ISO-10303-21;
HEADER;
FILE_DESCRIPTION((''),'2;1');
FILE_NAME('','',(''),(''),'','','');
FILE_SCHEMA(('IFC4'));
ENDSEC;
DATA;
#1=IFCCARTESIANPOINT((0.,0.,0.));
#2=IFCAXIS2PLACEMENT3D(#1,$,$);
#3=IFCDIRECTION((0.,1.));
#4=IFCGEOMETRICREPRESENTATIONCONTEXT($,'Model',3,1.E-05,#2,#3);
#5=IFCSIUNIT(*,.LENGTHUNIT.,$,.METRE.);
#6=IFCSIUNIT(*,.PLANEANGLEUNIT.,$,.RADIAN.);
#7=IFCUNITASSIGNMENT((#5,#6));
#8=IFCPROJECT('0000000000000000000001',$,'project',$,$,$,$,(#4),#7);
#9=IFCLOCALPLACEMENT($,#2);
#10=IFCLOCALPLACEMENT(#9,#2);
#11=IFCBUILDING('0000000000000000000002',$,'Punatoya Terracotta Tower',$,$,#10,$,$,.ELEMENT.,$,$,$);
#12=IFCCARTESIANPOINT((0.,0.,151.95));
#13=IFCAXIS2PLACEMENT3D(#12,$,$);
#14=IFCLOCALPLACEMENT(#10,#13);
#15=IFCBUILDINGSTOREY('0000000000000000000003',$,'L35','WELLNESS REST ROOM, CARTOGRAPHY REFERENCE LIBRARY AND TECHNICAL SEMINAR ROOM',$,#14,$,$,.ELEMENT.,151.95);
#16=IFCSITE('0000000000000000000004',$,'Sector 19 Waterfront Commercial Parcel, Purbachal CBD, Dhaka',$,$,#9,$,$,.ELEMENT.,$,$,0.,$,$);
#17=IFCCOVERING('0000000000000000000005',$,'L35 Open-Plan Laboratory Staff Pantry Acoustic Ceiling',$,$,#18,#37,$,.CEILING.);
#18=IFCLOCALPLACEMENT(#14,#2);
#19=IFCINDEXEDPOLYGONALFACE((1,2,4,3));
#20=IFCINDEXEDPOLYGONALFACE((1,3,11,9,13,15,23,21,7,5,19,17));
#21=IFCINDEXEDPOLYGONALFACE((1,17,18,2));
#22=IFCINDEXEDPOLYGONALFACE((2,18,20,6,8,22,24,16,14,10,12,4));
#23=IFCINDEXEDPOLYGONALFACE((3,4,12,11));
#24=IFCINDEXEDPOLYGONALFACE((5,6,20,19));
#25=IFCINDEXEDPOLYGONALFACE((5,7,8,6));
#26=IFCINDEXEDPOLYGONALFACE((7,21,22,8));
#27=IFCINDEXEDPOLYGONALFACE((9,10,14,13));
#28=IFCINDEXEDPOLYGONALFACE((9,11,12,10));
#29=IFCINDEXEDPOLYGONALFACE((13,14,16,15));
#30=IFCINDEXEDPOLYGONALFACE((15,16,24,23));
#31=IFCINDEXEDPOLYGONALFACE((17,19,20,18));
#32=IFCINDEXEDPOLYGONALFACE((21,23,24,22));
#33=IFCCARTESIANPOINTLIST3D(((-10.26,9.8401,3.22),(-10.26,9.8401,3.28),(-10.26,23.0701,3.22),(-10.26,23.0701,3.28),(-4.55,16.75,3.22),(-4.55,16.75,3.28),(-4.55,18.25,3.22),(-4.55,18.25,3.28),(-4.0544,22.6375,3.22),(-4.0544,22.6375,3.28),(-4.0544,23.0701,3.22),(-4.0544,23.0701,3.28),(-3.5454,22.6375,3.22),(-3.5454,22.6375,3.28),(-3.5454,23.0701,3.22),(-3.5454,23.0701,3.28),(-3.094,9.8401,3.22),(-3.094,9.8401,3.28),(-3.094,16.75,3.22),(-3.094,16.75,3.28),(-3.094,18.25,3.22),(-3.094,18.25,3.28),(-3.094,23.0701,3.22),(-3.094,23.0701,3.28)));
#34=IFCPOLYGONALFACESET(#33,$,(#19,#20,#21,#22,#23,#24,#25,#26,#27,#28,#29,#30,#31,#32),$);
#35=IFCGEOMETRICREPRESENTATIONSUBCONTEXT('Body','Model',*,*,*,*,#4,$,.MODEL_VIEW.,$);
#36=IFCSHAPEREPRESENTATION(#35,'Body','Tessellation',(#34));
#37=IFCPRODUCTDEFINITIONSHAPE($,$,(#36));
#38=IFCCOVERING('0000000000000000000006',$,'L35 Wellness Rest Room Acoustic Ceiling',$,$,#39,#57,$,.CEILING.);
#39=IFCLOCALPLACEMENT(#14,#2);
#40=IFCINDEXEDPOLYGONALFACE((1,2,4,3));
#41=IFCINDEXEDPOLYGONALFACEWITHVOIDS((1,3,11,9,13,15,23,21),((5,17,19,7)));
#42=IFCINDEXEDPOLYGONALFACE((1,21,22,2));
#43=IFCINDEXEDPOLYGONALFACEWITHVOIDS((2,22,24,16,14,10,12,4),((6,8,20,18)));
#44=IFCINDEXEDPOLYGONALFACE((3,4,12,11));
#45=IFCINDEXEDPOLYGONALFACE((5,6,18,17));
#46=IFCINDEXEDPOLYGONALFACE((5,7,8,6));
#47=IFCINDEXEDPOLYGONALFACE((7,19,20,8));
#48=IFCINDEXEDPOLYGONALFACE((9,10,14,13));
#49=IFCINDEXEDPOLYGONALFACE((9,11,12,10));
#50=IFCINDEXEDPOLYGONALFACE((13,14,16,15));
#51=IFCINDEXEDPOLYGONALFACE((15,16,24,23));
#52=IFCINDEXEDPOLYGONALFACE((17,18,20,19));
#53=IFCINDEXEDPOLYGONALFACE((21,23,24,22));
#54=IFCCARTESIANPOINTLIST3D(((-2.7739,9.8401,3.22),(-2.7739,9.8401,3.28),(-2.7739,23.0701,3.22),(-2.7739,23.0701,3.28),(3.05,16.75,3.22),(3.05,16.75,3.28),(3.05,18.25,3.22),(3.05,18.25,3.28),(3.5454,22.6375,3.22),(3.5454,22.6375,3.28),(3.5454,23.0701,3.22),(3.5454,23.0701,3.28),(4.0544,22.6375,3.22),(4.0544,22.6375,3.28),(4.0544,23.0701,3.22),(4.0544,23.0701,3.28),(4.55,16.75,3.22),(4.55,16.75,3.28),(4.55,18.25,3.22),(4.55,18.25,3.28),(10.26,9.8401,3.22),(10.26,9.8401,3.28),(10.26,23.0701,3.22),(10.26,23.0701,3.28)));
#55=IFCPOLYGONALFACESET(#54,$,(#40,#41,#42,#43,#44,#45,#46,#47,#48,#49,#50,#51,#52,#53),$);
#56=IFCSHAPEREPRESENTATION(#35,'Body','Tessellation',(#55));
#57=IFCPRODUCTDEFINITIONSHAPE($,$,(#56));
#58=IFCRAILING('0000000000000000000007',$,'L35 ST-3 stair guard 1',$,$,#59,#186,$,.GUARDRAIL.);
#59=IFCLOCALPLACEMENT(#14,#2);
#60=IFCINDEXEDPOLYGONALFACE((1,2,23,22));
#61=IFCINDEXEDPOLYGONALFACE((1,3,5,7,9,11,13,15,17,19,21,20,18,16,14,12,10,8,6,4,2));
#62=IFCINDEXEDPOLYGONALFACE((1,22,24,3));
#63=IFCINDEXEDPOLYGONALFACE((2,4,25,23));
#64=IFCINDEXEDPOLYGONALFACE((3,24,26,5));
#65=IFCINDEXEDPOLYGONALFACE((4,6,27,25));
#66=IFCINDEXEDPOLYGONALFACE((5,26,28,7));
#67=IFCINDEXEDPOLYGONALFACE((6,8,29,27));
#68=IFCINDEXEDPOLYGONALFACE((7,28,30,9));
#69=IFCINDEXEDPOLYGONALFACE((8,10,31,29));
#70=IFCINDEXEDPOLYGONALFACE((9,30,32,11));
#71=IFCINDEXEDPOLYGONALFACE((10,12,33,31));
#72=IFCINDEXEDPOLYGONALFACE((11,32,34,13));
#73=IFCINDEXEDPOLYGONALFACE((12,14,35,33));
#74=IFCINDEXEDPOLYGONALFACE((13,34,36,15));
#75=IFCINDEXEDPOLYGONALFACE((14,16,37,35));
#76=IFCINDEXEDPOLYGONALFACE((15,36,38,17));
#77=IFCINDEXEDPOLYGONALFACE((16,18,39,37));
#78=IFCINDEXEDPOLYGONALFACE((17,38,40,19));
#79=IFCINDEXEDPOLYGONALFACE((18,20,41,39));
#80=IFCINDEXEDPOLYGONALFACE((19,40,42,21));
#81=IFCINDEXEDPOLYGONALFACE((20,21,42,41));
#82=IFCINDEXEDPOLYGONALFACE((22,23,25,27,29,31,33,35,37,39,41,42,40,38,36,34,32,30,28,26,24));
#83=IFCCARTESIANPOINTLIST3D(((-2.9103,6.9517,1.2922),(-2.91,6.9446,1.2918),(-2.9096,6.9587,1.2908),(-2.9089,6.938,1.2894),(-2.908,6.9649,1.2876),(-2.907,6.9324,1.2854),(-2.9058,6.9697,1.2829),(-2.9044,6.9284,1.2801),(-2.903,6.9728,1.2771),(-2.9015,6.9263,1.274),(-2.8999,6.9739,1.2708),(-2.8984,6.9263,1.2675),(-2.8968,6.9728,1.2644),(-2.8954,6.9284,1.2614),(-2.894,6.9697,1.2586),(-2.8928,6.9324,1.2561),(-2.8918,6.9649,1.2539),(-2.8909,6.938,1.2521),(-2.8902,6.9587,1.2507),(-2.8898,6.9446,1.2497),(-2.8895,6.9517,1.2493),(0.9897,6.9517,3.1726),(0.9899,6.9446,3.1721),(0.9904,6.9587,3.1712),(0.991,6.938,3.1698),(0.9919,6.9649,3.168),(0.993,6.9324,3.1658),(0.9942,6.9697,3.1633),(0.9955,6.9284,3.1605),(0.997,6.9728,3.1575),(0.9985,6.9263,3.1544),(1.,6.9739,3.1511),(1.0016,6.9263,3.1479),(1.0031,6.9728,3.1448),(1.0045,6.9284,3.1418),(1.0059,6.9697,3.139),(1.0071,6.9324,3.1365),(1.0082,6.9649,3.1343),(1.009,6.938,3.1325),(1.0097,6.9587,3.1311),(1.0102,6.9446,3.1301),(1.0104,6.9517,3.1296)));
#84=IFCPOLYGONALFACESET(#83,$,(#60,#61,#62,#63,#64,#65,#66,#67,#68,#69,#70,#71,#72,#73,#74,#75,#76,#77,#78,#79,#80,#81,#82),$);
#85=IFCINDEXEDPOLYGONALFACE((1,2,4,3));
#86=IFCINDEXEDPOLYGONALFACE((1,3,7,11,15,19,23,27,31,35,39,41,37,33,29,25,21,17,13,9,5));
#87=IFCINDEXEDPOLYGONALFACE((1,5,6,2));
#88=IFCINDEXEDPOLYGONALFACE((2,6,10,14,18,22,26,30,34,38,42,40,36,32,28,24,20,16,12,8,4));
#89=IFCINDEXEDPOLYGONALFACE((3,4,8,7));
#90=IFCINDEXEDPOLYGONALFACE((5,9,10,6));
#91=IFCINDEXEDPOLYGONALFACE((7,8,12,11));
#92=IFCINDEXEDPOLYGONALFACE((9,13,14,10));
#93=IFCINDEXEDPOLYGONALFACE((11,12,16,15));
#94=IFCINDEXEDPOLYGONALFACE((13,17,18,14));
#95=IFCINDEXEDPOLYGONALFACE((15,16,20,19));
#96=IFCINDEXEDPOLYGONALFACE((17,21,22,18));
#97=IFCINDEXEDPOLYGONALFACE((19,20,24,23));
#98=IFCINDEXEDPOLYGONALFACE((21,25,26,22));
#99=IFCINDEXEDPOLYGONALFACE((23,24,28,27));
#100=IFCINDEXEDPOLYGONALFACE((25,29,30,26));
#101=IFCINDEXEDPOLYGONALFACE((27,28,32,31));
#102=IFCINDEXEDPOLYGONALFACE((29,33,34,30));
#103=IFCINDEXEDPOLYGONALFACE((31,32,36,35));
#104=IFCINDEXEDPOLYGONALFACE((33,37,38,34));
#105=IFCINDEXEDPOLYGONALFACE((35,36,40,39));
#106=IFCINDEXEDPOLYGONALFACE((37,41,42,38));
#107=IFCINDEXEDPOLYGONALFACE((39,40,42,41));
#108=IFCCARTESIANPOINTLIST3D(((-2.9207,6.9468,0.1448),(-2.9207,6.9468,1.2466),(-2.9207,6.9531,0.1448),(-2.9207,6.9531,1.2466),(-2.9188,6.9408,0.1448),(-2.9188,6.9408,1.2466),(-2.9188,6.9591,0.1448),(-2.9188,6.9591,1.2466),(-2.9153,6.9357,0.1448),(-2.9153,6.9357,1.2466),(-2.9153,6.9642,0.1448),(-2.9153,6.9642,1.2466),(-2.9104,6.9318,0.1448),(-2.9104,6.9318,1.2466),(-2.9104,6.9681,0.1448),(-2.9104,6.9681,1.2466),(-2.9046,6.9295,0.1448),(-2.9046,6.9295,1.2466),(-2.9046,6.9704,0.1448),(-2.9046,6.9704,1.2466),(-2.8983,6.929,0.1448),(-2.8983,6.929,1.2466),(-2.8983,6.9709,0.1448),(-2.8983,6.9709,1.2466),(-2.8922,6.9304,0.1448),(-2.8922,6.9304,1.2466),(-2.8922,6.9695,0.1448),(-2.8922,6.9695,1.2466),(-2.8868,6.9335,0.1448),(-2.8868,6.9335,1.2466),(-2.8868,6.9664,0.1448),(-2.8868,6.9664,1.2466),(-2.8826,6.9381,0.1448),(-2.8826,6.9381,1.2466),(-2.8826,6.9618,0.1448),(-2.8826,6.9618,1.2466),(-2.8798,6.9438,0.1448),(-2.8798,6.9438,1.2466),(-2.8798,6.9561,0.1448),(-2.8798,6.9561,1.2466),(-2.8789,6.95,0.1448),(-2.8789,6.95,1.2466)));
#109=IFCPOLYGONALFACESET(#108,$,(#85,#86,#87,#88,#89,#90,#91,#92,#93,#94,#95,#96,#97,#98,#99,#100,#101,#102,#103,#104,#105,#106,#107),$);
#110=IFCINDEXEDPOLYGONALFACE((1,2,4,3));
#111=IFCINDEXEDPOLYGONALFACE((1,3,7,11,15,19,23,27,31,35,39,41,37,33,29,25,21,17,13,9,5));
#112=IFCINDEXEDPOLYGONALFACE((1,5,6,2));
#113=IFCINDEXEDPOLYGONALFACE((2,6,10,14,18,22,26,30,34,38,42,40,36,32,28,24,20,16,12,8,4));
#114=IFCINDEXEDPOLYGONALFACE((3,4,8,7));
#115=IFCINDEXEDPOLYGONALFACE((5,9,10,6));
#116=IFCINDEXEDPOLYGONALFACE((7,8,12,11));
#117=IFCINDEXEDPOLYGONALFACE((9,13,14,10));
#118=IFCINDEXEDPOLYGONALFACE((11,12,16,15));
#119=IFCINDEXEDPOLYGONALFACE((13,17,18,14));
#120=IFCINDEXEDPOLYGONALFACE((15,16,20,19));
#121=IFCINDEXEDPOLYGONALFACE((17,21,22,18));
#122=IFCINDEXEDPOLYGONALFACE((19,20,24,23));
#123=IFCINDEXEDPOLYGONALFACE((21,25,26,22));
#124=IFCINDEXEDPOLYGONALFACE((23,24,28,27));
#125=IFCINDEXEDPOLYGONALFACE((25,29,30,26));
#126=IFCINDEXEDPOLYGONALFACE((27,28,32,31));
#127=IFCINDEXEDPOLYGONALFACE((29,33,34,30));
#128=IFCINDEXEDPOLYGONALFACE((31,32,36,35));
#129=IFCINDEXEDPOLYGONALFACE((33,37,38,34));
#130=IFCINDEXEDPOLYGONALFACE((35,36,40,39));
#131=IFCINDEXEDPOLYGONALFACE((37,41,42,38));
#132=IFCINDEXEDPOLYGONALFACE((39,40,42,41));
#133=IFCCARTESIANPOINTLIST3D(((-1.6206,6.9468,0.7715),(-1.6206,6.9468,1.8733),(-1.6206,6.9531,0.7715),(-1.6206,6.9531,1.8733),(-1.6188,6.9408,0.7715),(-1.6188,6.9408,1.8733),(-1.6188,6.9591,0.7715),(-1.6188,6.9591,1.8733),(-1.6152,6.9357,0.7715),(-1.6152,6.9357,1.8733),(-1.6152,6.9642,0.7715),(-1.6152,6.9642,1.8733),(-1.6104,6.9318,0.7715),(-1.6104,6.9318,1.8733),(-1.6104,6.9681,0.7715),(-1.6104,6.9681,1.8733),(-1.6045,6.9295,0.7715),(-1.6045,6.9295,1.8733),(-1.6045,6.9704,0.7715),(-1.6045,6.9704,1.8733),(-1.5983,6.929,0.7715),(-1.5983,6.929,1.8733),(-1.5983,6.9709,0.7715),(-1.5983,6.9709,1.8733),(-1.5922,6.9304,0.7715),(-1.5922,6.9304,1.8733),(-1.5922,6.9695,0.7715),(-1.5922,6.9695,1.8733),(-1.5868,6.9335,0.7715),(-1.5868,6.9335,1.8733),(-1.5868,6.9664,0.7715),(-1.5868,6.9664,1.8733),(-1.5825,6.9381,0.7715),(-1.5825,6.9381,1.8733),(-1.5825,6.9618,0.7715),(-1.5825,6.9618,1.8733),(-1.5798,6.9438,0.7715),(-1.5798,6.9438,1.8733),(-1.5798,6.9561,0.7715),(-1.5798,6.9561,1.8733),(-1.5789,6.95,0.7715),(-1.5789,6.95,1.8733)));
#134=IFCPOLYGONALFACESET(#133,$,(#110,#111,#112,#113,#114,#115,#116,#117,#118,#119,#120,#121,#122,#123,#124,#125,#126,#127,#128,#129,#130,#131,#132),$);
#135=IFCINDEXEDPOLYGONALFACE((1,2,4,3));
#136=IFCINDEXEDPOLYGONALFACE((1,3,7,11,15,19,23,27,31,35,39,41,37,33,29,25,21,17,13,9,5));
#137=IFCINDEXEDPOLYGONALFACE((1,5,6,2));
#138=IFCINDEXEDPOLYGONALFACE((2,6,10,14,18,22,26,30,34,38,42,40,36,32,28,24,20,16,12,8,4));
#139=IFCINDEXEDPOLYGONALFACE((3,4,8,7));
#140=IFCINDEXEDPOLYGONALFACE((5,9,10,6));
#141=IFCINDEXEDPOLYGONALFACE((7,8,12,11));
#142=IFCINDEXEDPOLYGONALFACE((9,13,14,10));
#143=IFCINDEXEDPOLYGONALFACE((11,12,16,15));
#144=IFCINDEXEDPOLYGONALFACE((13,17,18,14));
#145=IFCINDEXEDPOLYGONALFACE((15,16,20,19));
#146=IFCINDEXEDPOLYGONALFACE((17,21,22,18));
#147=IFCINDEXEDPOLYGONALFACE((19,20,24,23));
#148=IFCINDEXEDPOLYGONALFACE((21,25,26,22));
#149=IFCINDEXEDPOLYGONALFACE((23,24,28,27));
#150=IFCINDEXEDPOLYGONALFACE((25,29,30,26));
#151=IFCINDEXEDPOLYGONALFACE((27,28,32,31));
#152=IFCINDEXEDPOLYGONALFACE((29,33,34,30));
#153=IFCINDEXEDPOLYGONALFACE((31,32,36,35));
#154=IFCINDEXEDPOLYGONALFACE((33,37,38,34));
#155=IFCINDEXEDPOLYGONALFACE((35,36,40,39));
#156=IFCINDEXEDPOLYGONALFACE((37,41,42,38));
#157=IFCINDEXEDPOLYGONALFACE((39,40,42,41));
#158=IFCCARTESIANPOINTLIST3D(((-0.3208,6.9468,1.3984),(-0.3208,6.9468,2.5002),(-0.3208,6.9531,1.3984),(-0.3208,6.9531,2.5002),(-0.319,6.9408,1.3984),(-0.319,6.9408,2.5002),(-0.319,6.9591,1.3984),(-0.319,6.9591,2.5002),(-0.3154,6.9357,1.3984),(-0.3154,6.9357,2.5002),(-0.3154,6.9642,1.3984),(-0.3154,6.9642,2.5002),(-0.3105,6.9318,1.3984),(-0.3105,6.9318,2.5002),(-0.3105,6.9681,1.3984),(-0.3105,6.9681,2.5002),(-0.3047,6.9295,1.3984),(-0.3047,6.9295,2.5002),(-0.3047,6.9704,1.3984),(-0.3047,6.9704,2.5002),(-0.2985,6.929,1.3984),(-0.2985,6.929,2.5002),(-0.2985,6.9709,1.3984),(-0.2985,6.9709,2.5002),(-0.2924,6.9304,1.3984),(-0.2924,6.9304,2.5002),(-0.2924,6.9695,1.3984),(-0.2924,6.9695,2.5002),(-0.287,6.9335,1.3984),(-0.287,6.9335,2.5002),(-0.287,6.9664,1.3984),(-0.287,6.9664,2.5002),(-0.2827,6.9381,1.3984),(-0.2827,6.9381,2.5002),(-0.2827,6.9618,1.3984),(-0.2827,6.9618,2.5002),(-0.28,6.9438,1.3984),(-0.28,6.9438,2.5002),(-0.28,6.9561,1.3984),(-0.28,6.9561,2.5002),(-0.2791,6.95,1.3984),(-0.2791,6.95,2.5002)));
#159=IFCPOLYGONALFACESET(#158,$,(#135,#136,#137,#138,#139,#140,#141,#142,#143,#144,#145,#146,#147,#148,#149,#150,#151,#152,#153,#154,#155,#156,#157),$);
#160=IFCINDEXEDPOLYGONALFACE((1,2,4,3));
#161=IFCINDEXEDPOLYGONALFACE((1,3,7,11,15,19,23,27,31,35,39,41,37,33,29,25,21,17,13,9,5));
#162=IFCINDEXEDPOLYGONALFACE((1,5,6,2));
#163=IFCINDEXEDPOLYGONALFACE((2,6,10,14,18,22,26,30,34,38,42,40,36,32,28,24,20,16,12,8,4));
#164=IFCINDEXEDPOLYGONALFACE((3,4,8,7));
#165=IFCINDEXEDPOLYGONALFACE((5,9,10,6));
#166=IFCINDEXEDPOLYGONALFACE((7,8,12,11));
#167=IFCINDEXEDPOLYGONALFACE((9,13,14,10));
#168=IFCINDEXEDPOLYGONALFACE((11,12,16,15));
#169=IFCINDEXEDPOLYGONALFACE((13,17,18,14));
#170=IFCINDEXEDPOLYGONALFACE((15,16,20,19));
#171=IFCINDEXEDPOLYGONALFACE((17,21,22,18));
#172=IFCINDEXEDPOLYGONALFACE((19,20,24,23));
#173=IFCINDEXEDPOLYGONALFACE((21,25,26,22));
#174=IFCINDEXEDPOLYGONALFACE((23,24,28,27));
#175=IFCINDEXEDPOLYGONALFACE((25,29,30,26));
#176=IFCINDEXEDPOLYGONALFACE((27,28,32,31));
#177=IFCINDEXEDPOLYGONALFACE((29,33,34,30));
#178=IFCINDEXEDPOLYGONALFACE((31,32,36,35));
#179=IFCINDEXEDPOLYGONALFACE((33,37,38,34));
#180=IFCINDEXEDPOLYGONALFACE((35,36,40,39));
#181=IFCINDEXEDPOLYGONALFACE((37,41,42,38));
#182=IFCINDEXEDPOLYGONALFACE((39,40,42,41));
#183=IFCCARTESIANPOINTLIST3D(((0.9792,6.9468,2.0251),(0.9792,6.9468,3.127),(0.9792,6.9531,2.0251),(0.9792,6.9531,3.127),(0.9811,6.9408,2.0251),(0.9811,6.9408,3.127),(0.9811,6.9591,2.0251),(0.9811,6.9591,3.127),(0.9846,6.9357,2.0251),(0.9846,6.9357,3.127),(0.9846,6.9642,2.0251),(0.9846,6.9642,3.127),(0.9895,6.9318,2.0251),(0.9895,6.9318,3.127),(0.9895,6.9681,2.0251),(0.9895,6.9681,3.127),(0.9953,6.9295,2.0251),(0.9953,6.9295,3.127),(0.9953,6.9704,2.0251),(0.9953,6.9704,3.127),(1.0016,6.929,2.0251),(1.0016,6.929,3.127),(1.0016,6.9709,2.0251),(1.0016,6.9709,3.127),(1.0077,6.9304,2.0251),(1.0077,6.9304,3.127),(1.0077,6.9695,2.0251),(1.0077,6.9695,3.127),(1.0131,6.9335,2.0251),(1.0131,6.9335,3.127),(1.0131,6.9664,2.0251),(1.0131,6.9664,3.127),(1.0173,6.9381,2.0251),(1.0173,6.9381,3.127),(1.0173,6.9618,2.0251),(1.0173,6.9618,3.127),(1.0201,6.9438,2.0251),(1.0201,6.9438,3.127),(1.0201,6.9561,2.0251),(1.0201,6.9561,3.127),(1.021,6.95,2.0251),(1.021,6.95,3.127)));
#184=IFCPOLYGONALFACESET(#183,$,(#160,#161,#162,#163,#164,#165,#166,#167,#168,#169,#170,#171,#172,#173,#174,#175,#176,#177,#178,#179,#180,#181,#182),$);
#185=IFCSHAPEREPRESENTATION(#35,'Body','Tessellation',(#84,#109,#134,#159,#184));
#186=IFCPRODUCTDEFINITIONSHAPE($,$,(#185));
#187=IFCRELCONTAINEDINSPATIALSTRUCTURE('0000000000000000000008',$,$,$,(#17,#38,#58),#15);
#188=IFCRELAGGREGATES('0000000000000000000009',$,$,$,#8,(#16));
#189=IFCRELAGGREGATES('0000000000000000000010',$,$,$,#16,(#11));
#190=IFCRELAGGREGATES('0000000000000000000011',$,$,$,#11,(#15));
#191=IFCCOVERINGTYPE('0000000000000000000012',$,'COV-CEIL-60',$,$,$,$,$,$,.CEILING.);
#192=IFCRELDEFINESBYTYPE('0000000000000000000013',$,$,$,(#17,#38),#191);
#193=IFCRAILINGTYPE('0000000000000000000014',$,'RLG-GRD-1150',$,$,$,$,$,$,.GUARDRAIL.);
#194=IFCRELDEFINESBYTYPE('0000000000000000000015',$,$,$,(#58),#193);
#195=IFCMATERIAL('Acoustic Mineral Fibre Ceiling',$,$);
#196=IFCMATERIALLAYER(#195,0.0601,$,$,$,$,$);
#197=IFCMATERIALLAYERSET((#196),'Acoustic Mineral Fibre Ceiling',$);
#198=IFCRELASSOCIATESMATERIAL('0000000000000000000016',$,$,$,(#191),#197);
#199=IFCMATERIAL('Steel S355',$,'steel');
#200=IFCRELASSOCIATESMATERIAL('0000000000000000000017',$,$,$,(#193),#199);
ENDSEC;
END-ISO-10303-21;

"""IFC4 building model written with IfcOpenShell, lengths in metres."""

from ifc_helpers import new_model, si_unit, direction, frame, origin, origin_2d, place, context, subcontext, project, spatial, polyline, circle, outline, extrude, material, layer, layer_set, type_object, element, save


model = new_model("IFC4")

# Units and contexts
model_context = context("Model", 3, precision=1e-05, world=origin(), true_north=direction((0.0, 1.0)))
body_context = subcontext(model_context, "Body", "Model", "MODEL_VIEW")
ifc_project = project(units=[si_unit("LENGTHUNIT", "METRE"), si_unit("PLANEANGLEUNIT", "RADIAN")], contexts=[model_context])

# Site, building, storey
site_placement = place(None, origin())
site = spatial("IfcSite", under=ifc_project, at=site_placement, Name="Sector 19 Waterfront Commercial Parcel, Purbachal CBD, Dhaka", CompositionType="ELEMENT", RefElevation=0.0)
building_placement = place(site_placement, origin())
building = spatial("IfcBuilding", under=site, at=building_placement, Name="Punatoya Terracotta Tower", CompositionType="ELEMENT")
storey_placement = place(building_placement, frame((0.0, 0.0, 151.95)))
storey = spatial("IfcBuildingStorey", under=building, at=storey_placement, Name="L35", Description="WELLNESS REST ROOM, CARTOGRAPHY REFERENCE LIBRARY AND TECHNICAL SEMINAR ROOM", CompositionType="ELEMENT", Elevation=151.95)

# Shared definitions
ifc_material_1 = material(Name="Steel S355", Category="steel")

# Coverings
ifc_material_2 = material(Name="Acoustic Mineral Fibre Ceiling")
ifc_layer_1 = layer(ifc_material_2, 0.0601)
ifc_layer_set_1 = layer_set([ifc_layer_1], Name="Acoustic Mineral Fibre Ceiling")
covering_type = type_object("IfcCoveringType", Name="COV-CEIL-60", PredefinedType="CEILING", material=ifc_layer_set_1)
covering_1_placement = place(storey_placement, frame((0.0, 0.0, 3.22)))
element("IfcCovering", 1, at=covering_1_placement, inside=storey, type_object=covering_type, Name="L35 Open-Plan Laboratory Staff Pantry Acoustic Ceiling", PredefinedType="CEILING", context=body_context, shape_type="SweptSolid", body=[
    extrude(outline(polyline([(-3.5454, 23.0701), (-3.5454, 22.6375), (-4.0544, 22.6375), (-4.0544, 23.0701), (-10.26, 23.0701), (-10.26, 9.8401), (-3.094, 9.8401), (-3.094, 16.75), (-4.55, 16.75), (-4.55, 18.25), (-3.094, 18.25), (-3.094, 23.0701), (-3.5454, 23.0701)])), origin(), (0.0, 0.0, 1.0), 0.0601),
])
covering_2_placement = place(storey_placement, frame((0.0, 0.0, 3.22)))
element("IfcCovering", 2, at=covering_2_placement, inside=storey, type_object=covering_type, Name="L35 Wellness Rest Room Acoustic Ceiling", PredefinedType="CEILING", context=body_context, shape_type="SweptSolid", body=[
    extrude(outline(polyline([(10.26, 9.8401), (10.26, 23.0701), (4.0544, 23.0701), (4.0544, 22.6375), (3.5454, 22.6375), (3.5454, 23.0701), (-2.7739, 23.0701), (-2.7739, 9.8401), (10.26, 9.8401)]), holes=[polyline([(4.55, 16.75), (3.05, 16.75), (3.05, 18.25), (4.55, 18.25), (4.55, 16.75)])]), origin(), (0.0, 0.0, 1.0), 0.0601),
])

# Railing
railing_type_1 = type_object("IfcRailingType", Name="RLG-GRD-1150", PredefinedType="GUARDRAIL", material=ifc_material_1)
railing_1_placement = place(storey_placement, frame((-2.8999, 6.95, 0.1448)))
element("IfcRailing", 3, at=railing_1_placement, inside=storey, type_object=railing_type_1, Name="L35 ST-3 stair guard 1", PredefinedType="GUARDRAIL", context=body_context, shape_type="SweptSolid", body=[
    extrude(circle(Radius=0.0239, at=origin_2d()), frame((0.0, 0.0, 1.126), z_axis=(0.900763, 0.0, 0.434311), x_axis=(0.0, 1.0, 0.0)), (0.0, 0.0, 1.0), 4.3296),
    extrude(circle(Radius=0.021, at=origin_2d()), origin(), (0.0, 0.0, 1.0), 1.1018),
    extrude(circle(Radius=0.021, at=origin_2d()), frame((1.3, 0.0, 0.6267)), (0.0, 0.0, 1.0), 1.1018),
    extrude(circle(Radius=0.021, at=origin_2d()), frame((2.5999, 0.0, 1.2537)), (0.0, 0.0, 1.0), 1.1018),
    extrude(circle(Radius=0.021, at=origin_2d()), frame((3.8999, 0.0, 1.8804)), (0.0, 0.0, 1.0), 1.1018),
])

save(model, "model.ifc")
